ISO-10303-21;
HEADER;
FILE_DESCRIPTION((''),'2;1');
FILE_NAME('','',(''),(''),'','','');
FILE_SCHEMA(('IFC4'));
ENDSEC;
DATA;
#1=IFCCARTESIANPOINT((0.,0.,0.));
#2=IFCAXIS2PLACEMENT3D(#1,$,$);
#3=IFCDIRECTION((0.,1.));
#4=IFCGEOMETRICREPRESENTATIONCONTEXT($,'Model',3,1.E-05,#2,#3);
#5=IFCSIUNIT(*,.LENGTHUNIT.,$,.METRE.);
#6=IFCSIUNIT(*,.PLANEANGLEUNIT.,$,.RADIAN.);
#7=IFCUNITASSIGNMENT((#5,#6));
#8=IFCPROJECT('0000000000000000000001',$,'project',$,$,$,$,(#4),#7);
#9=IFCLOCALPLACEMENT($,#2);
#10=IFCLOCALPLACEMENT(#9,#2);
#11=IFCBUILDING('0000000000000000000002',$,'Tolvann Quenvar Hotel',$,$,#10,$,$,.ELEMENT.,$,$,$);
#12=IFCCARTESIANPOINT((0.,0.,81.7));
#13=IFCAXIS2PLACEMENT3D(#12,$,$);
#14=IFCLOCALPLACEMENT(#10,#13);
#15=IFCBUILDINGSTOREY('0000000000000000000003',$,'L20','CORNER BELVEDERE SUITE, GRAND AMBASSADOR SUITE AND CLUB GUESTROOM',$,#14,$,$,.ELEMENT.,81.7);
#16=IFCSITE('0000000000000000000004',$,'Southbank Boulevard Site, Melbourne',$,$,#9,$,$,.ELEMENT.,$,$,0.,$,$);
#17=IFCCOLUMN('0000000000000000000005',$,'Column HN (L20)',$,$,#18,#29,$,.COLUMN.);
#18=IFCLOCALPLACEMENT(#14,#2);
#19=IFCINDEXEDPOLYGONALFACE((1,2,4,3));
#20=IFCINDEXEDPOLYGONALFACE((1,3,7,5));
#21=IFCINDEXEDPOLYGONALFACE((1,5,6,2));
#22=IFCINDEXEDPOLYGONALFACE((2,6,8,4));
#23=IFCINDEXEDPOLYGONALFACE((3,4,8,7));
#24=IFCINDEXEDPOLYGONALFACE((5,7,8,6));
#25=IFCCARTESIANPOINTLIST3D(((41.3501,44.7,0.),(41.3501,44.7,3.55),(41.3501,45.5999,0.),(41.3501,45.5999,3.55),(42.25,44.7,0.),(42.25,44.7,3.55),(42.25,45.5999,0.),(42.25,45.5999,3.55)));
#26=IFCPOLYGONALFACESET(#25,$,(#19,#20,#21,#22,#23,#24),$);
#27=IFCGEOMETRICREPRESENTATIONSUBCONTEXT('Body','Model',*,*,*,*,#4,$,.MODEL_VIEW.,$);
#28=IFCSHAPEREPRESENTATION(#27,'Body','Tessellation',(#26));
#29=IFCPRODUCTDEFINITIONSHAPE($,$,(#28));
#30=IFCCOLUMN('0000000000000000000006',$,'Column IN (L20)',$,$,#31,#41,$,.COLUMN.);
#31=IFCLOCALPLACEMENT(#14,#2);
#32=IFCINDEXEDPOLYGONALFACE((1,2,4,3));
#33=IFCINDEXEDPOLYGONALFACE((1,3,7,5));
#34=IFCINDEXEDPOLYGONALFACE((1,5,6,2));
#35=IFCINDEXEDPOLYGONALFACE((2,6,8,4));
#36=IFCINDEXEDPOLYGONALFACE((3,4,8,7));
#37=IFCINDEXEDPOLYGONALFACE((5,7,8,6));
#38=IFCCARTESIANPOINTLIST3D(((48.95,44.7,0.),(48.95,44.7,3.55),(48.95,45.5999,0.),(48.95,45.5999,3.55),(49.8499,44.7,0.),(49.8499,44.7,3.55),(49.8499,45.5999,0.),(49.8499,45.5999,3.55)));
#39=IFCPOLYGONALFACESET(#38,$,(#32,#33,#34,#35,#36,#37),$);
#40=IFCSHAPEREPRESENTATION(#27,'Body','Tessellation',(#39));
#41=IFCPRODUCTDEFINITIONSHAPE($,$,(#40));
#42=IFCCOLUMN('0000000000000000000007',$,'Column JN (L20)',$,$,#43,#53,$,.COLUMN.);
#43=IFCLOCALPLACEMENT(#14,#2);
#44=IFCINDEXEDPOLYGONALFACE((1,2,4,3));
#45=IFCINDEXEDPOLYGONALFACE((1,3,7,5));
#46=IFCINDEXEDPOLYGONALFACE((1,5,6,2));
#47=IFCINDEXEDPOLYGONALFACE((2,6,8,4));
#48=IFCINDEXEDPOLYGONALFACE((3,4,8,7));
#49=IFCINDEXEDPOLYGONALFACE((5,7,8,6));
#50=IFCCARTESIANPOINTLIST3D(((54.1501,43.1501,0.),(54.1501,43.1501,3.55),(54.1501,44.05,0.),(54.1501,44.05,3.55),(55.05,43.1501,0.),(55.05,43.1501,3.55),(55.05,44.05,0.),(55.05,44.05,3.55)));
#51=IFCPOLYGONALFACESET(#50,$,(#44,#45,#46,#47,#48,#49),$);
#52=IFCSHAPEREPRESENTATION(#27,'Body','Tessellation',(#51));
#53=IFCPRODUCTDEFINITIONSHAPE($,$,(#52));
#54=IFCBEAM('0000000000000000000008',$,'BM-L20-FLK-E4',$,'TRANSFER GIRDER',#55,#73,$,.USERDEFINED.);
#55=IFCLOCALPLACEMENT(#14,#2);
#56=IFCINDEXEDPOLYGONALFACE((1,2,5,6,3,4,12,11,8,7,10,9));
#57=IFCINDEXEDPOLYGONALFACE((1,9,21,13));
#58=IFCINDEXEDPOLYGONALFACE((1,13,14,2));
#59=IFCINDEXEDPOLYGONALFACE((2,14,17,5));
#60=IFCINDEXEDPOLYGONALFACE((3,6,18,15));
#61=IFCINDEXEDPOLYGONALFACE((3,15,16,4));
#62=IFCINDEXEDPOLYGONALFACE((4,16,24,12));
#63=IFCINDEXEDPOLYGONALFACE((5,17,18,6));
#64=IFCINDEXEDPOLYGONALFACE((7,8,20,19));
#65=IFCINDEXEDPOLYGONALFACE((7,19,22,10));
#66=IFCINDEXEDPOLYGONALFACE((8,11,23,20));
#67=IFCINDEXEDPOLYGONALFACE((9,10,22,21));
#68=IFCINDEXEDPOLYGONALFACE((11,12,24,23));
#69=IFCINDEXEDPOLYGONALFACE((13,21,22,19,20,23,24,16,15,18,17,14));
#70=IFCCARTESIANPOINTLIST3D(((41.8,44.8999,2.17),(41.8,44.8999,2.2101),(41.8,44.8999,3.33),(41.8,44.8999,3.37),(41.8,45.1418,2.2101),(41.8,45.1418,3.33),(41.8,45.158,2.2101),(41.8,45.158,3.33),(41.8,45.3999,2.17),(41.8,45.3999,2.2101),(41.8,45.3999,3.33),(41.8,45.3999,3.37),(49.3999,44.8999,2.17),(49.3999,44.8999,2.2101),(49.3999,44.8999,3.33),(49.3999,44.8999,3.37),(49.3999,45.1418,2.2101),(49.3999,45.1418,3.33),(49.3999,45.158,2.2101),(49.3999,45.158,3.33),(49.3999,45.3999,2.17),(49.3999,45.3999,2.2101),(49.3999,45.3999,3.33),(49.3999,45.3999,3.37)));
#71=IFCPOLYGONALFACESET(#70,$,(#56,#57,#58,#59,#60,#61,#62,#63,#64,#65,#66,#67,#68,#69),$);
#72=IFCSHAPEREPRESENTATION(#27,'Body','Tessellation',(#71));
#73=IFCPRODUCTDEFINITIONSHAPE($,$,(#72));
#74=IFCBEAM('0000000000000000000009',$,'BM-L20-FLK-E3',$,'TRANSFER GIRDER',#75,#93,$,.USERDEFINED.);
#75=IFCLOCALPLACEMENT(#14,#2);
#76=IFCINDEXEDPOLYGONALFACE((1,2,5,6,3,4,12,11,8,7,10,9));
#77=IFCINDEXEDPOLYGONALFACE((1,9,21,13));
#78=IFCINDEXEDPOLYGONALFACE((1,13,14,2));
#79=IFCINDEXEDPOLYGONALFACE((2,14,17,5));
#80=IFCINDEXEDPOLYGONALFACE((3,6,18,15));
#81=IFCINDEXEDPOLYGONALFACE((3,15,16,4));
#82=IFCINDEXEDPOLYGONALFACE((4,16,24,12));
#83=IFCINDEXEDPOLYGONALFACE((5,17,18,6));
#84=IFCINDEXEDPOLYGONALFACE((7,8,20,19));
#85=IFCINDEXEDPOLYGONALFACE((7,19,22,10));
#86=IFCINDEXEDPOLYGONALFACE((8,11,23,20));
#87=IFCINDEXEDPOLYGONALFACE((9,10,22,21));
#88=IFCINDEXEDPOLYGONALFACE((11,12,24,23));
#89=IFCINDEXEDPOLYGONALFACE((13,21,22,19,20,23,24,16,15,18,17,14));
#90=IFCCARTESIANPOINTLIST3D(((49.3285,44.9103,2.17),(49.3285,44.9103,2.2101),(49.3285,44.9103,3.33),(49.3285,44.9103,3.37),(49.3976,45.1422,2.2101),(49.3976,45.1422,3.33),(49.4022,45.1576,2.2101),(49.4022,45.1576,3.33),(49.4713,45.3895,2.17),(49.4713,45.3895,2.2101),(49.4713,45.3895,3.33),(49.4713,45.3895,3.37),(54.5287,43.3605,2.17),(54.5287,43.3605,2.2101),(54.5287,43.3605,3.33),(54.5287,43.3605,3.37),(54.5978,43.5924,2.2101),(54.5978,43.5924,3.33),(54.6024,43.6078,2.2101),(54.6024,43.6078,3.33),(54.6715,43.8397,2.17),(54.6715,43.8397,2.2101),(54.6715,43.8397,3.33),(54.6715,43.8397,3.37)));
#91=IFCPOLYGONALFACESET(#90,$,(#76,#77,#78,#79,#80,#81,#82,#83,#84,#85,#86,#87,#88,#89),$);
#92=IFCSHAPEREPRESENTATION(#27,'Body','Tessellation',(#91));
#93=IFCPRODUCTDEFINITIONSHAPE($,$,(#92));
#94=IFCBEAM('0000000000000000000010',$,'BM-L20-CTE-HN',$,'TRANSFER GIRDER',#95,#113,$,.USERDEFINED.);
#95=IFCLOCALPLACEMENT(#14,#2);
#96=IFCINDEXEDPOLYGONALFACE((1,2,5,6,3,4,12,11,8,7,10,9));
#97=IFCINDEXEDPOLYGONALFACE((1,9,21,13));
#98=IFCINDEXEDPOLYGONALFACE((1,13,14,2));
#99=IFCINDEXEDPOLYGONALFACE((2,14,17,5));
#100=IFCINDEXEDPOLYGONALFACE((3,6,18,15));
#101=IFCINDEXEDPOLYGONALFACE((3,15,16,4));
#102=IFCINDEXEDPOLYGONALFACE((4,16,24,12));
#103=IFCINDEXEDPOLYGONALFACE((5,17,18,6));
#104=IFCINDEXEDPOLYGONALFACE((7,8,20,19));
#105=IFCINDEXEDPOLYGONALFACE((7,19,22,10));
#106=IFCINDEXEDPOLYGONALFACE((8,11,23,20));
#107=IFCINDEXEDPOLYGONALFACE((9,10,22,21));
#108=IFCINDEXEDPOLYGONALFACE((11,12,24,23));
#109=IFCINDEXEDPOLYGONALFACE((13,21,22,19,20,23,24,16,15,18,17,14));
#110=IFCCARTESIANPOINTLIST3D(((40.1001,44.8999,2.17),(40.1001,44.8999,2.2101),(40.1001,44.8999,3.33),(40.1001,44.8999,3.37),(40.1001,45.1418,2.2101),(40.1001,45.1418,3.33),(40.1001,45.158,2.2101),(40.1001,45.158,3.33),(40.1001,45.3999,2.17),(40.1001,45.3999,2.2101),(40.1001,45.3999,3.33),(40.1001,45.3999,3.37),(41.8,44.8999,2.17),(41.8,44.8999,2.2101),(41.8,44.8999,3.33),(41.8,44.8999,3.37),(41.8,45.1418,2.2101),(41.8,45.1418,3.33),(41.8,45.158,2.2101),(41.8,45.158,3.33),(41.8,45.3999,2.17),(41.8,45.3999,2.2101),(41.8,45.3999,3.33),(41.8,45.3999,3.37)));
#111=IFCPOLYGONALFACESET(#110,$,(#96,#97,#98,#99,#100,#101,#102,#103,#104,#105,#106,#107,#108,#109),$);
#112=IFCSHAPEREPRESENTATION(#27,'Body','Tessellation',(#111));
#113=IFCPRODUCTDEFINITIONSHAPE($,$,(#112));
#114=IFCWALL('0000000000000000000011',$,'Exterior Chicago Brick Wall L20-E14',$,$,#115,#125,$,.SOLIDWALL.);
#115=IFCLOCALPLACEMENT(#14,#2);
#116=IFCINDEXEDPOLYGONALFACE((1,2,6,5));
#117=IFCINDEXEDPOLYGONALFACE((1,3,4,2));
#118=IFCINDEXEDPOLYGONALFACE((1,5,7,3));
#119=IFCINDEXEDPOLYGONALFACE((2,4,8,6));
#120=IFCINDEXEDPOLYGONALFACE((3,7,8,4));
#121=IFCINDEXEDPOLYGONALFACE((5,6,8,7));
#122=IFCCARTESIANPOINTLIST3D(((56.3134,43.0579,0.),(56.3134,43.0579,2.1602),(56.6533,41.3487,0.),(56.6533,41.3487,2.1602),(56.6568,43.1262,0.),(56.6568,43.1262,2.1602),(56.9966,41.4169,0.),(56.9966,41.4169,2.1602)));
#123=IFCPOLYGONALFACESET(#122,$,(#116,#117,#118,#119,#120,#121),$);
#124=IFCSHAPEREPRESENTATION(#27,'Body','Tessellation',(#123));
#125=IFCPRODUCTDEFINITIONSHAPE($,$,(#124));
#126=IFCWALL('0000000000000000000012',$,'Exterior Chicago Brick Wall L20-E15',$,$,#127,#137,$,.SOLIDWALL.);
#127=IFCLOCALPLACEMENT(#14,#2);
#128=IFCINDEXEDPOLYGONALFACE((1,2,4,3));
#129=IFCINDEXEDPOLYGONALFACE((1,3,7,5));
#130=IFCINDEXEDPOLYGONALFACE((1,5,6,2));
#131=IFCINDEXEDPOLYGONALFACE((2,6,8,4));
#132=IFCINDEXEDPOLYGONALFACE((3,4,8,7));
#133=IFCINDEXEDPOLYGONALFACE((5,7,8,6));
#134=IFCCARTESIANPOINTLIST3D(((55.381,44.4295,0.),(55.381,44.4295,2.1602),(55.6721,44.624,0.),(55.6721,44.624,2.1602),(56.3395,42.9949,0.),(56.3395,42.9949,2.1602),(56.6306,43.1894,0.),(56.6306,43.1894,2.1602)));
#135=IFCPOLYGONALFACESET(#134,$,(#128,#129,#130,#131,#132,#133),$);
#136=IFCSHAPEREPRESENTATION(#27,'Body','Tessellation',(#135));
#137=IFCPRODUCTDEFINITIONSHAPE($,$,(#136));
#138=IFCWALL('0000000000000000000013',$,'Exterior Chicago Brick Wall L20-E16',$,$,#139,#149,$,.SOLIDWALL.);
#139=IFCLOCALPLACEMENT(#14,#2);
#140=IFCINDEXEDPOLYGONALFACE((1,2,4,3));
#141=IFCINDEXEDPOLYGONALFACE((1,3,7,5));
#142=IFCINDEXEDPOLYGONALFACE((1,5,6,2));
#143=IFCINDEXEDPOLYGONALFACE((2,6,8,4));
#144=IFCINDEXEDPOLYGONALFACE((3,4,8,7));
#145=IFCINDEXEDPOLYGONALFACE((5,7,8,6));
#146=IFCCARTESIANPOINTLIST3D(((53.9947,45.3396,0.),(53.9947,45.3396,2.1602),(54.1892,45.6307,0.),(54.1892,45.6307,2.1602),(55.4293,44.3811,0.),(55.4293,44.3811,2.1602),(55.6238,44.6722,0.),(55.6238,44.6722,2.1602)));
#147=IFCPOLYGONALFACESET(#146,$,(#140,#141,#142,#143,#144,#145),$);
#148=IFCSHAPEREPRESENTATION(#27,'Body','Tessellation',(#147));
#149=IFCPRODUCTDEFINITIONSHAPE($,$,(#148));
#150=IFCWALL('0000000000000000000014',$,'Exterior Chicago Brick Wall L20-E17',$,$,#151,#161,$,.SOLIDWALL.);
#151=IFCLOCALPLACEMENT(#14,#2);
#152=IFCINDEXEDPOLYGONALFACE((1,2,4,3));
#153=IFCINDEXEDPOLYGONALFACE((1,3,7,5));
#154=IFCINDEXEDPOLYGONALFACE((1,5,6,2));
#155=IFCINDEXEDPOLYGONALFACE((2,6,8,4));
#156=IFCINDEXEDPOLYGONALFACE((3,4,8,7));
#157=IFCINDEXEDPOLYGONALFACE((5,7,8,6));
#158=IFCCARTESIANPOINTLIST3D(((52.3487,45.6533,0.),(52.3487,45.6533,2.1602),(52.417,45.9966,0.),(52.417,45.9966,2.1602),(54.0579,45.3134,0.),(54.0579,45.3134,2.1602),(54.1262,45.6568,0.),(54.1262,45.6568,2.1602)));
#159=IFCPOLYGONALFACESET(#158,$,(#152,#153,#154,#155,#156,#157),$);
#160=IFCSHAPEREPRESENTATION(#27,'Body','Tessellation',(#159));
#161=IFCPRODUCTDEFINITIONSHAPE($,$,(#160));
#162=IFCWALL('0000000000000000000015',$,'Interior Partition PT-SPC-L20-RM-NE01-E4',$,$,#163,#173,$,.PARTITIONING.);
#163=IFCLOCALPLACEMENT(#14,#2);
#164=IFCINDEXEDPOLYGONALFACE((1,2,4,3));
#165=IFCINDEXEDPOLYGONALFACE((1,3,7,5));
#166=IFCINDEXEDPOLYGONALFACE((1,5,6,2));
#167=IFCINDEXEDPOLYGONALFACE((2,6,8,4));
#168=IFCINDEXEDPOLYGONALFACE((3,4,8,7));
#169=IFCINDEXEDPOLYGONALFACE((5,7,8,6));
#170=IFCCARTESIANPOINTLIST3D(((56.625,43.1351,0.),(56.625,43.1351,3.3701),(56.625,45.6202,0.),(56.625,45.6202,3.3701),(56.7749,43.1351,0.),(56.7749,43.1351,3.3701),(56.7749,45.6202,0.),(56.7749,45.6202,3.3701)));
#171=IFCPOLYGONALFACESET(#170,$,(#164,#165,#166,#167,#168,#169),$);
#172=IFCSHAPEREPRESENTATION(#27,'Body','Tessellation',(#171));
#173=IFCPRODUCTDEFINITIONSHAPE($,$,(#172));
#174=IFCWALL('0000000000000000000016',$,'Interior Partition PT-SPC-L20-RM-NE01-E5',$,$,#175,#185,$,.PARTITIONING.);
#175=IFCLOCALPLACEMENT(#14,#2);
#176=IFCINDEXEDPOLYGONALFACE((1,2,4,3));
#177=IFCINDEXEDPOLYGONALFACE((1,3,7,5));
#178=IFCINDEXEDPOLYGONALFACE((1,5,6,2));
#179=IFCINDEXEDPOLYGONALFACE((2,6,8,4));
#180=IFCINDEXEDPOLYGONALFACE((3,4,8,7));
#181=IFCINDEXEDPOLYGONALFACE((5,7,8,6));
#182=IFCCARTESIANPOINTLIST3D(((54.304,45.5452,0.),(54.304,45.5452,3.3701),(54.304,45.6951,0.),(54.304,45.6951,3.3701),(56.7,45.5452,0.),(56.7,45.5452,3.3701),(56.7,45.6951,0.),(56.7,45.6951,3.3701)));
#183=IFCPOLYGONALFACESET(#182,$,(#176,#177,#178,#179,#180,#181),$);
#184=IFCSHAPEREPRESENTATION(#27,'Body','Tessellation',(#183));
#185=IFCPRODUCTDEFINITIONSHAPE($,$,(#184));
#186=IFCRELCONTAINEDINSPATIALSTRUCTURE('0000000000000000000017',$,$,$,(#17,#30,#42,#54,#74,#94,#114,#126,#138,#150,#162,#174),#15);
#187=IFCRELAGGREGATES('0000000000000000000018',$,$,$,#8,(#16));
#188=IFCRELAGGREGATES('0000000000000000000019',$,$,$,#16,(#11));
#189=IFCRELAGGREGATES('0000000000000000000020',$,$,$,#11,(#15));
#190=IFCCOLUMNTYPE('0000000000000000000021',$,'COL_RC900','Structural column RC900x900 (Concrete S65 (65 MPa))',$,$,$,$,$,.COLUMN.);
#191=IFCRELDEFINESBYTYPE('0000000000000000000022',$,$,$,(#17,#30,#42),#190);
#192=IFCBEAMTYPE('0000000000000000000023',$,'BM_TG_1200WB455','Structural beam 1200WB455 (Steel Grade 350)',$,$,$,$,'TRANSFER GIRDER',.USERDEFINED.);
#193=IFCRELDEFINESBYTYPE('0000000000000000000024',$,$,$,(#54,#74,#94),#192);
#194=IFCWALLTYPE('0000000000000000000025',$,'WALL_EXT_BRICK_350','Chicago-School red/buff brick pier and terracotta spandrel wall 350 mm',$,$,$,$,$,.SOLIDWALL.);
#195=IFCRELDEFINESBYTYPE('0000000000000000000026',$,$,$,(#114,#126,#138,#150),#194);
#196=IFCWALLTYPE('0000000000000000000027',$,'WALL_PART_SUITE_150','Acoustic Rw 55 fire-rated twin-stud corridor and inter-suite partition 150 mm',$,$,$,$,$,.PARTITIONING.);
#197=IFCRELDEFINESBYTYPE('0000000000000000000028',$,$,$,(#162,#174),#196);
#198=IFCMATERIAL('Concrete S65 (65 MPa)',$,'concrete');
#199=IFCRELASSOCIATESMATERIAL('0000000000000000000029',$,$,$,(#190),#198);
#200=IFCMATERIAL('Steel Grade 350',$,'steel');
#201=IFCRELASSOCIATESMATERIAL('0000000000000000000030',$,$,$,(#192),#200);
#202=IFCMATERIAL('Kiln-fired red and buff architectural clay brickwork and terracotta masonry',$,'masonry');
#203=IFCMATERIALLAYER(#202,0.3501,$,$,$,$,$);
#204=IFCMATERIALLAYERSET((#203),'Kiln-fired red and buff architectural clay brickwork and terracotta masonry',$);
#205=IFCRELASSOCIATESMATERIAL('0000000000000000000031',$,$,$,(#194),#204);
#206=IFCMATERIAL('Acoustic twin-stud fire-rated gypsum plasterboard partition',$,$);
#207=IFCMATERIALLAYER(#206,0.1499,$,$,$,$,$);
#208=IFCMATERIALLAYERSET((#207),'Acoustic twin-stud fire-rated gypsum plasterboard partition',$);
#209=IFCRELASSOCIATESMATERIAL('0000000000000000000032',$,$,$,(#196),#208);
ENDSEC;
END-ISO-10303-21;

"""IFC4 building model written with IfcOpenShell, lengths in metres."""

from ifc_helpers import new_model, si_unit, direction, frame, frame_2d, origin, origin_2d, place, context, subcontext, project, spatial, rectangle, i_section, extrude, source, transform, mapped, material, layer, layer_set, material_profile, profile_set, type_object, type_shapes, element, save


model = new_model("IFC4")

# Units and contexts
model_context = context("Model", 3, precision=1e-05, world=origin(), true_north=direction((0.0, 1.0)))
body_context = subcontext(model_context, "Body", "Model", "MODEL_VIEW")
ifc_project = project(units=[si_unit("LENGTHUNIT", "METRE"), si_unit("PLANEANGLEUNIT", "RADIAN")], contexts=[model_context])

# Site, building, storey
site_placement = place(None, origin())
site = spatial("IfcSite", under=ifc_project, at=site_placement, Name="Southbank Boulevard Site, Melbourne", CompositionType="ELEMENT", RefElevation=0.0)
building_placement = place(site_placement, origin())
building = spatial("IfcBuilding", under=site, at=building_placement, Name="Tolvann Quenvar Hotel", CompositionType="ELEMENT")
storey_placement = place(building_placement, frame((0.0, 0.0, 81.7)))
storey = spatial("IfcBuildingStorey", under=building, at=storey_placement, Name="L20", Description="CORNER BELVEDERE SUITE, GRAND AMBASSADOR SUITE AND CLUB GUESTROOM", CompositionType="ELEMENT", Elevation=81.7)

# Columns
ifc_material_1 = material(Name="Concrete S65 (65 MPa)", Category="concrete")
ifc_material_profile_1 = material_profile(ifc_material_1, rectangle(XDim=0.8999, YDim=0.8999, at=origin_2d()), Name="RC900x900")
ifc_profile_set_1 = profile_set([ifc_material_profile_1], Name="Concrete S65 (65 MPa)")
column_type = type_object("IfcColumnType", Name="COL_RC900", Description="Structural column RC900x900 (Concrete S65 (65 MPa))", PredefinedType="COLUMN", material=ifc_profile_set_1)
shared_shape_1 = source(origin(), body_context, "Body", "SweptSolid", [
    extrude(rectangle(XDim=0.8999, YDim=0.8999, at=origin_2d()), origin(), (0.0, 0.0, 1.0), 3.55),
])
type_shapes(column_type, [shared_shape_1])
for number, where, z_axis, x_axis, name in (
    (1, (41.8, 45.1499, 0.0), (0.0, 0.0, 1.0), (1.0, 0.0, 0.0), "Column HN (L20)"),
    (2, (49.3999, 45.1499, 0.0), (0.0, 0.0, 1.0), (1.0, 0.0, 0.0), "Column IN (L20)"),
    (3, (54.6001, 43.6001, 0.0), (0.0, 0.0, 1.0), (1.0, 0.0, 0.0), "Column JN (L20)"),
):
    element("IfcColumn", number, at=place(storey_placement, frame(where, z_axis=z_axis, x_axis=x_axis)), inside=storey, type_object=column_type, Name=name, PredefinedType="COLUMN", context=body_context, shape_type="MappedRepresentation", body=[
        mapped(shared_shape_1, transform((0.0, 0.0, 0.0), x_axis=(1.0, 0.0, 0.0), y_axis=(0.0, 1.0, 0.0), z_axis=(0.0, 0.0, 1.0), scale=1.0)),
    ])

# Beams
ifc_material_2 = material(Name="Steel Grade 350", Category="steel")
ifc_material_profile_2 = material_profile(ifc_material_2, i_section(OverallWidth=0.5, OverallDepth=1.2, WebThickness=0.0161, FlangeThickness=0.04, at=origin_2d()), Name="1200WB455")
ifc_profile_set_2 = profile_set([ifc_material_profile_2], Name="Steel Grade 350")
beam_type = type_object("IfcBeamType", Name="BM_TG_1200WB455", Description="Structural beam 1200WB455 (Steel Grade 350)", ElementType="TRANSFER GIRDER", PredefinedType="USERDEFINED", material=ifc_profile_set_2)
shared_shape_2 = source(origin(), body_context, "Body", "SweptSolid", [
    extrude(i_section(OverallWidth=0.5, OverallDepth=1.2, WebThickness=0.0161, FlangeThickness=0.04, at=origin_2d()), origin(), (0.0, 0.0, 1.0), 7.5999),
])
beam_1_placement = place(storey_placement, frame((49.3999, 45.1499, 2.77), z_axis=(-1.0, 0.0, 0.0), x_axis=(0.0, -1.0, 0.0)))
element("IfcBeam", 4, at=beam_1_placement, inside=storey, type_object=beam_type, Name="BM-L20-FLK-E4", ObjectType="TRANSFER GIRDER", PredefinedType="USERDEFINED", context=body_context, shape_type="MappedRepresentation", body=[
    mapped(shared_shape_2, transform((0.0, 0.0, 0.0), x_axis=(1.0, 0.0, 0.0), y_axis=(0.0, 1.0, 0.0), z_axis=(0.0, 0.0, 1.0), scale=1.0)),
])
shared_shape_3 = source(origin(), body_context, "Body", "SweptSolid", [
    extrude(i_section(OverallWidth=0.5, OverallDepth=1.2, WebThickness=0.0161, FlangeThickness=0.04, at=origin_2d()), origin(), (0.0, 0.0, 1.0), 5.4263),
])
beam_2_placement = place(storey_placement, frame((54.6001, 43.6001, 2.77), z_axis=(-0.958345, 0.285614, 0.0), x_axis=(-0.285614, -0.958345, 0.0)))
element("IfcBeam", 5, at=beam_2_placement, inside=storey, type_object=beam_type, Name="BM-L20-FLK-E3", ObjectType="TRANSFER GIRDER", PredefinedType="USERDEFINED", context=body_context, shape_type="MappedRepresentation", body=[
    mapped(shared_shape_3, transform((0.0, 0.0, 0.0), x_axis=(1.0, 0.0, 0.0), y_axis=(0.0, 1.0, 0.0), z_axis=(0.0, 0.0, 1.0), scale=1.0)),
])
shared_shape_4 = source(origin(), body_context, "Body", "SweptSolid", [
    extrude(i_section(OverallWidth=0.5, OverallDepth=1.2, WebThickness=0.0161, FlangeThickness=0.04, at=origin_2d()), origin(), (0.0, 0.0, 1.0), 1.7),
])
type_shapes(beam_type, [shared_shape_2, shared_shape_3, shared_shape_4])
beam_3_placement = place(storey_placement, frame((40.1001, 45.1499, 2.77), z_axis=(1.0, 0.0, 0.0), x_axis=(0.0, 1.0, 0.0)))
element("IfcBeam", 6, at=beam_3_placement, inside=storey, type_object=beam_type, Name="BM-L20-CTE-HN", ObjectType="TRANSFER GIRDER", PredefinedType="USERDEFINED", context=body_context, shape_type="MappedRepresentation", body=[
    mapped(shared_shape_4, transform((0.0, 0.0, 0.0), x_axis=(1.0, 0.0, 0.0), y_axis=(0.0, 1.0, 0.0), z_axis=(0.0, 0.0, 1.0), scale=1.0)),
])

# Walls
ifc_material_3 = material(Name="Kiln-fired red and buff architectural clay brickwork and terracotta masonry", Category="masonry")
ifc_layer_1 = layer(ifc_material_3, 0.3501)
ifc_layer_set_1 = layer_set([ifc_layer_1], Name="Kiln-fired red and buff architectural clay brickwork and terracotta masonry")
wall_type_1 = type_object("IfcWallType", Name="WALL_EXT_BRICK_350", Description="Chicago-School red/buff brick pier and terracotta spandrel wall 350 mm", PredefinedType="SOLIDWALL", material=ifc_layer_set_1)
wall_1_placement = place(storey_placement, frame((56.825, 41.3828, 0.0), z_axis=(0.0, 0.0, 1.0), x_axis=(-0.195011, 0.980801, 0.0)))
element("IfcWall", 7, at=wall_1_placement, inside=storey, type_object=wall_type_1, Name="Exterior Chicago Brick Wall L20-E14", PredefinedType="SOLIDWALL", context=body_context, shape_type="SweptSolid", body=[
    extrude(rectangle(XDim=1.7427, YDim=0.3501, at=frame_2d((0.8713, 0.0))), origin(), (0.0, 0.0, 1.0), 2.1602),
])
for number, where, z_axis, x_axis, name in (
    (8, (56.4851, 43.092, 0.0), (0.0, 0.0, 1.0), (-0.555549, 0.831484, 0.0), "Exterior Chicago Brick Wall L20-E15"),
    (9, (55.5266, 44.5266, 0.0), (0.0, 0.0, 1.0), (-0.831484, 0.555549, 0.0), "Exterior Chicago Brick Wall L20-E16"),
):
    element("IfcWall", number, at=place(storey_placement, frame(where, z_axis=z_axis, x_axis=x_axis)), inside=storey, type_object=wall_type_1, Name=name, PredefinedType="SOLIDWALL", context=body_context, shape_type="SweptSolid", body=[
        extrude(rectangle(XDim=1.7253, YDim=0.3501, at=frame_2d((0.8628, 0.0))), origin(), (0.0, 0.0, 1.0), 2.1602),
    ])
wall_2_placement = place(storey_placement, frame((54.092, 45.4851, 0.0), z_axis=(0.0, 0.0, 1.0), x_axis=(-0.980801, 0.195011, 0.0)))
element("IfcWall", 10, at=wall_2_placement, inside=storey, type_object=wall_type_1, Name="Exterior Chicago Brick Wall L20-E17", PredefinedType="SOLIDWALL", context=body_context, shape_type="SweptSolid", body=[
    extrude(rectangle(XDim=1.7427, YDim=0.3501, at=frame_2d((0.8713, 0.0))), origin(), (0.0, 0.0, 1.0), 2.1602),
])

# Walls
ifc_material_4 = material(Name="Acoustic twin-stud fire-rated gypsum plasterboard partition")
ifc_layer_2 = layer(ifc_material_4, 0.1499)
ifc_layer_set_2 = layer_set([ifc_layer_2], Name="Acoustic twin-stud fire-rated gypsum plasterboard partition")
wall_type_2 = type_object("IfcWallType", Name="WALL_PART_SUITE_150", Description="Acoustic Rw 55 fire-rated twin-stud corridor and inter-suite partition 150 mm", PredefinedType="PARTITIONING", material=ifc_layer_set_2)
wall_3_placement = place(storey_placement, frame((56.7, 43.135, 0.0), z_axis=(0.0, 0.0, 1.0), x_axis=(0.0, 1.0, 0.0)))
element("IfcWall", 11, at=wall_3_placement, inside=storey, type_object=wall_type_2, Name="Interior Partition PT-SPC-L20-RM-NE01-E4", PredefinedType="PARTITIONING", context=body_context, shape_type="SweptSolid", body=[
    extrude(rectangle(XDim=2.4851, YDim=0.1499, at=frame_2d((1.2427, 0.0))), origin(), (0.0, 0.0, 1.0), 3.3701),
])
wall_4_placement = place(storey_placement, frame((54.304, 45.6201, 0.0), z_axis=(0.0, 0.0, 1.0), x_axis=(1.0, 0.0, 0.0)))
element("IfcWall", 12, at=wall_4_placement, inside=storey, type_object=wall_type_2, Name="Interior Partition PT-SPC-L20-RM-NE01-E5", PredefinedType="PARTITIONING", context=body_context, shape_type="SweptSolid", body=[
    extrude(rectangle(XDim=2.396, YDim=0.1499, at=frame_2d((1.198, 0.0))), origin(), (0.0, 0.0, 1.0), 3.3701),
])

save(model, "model.ifc")
